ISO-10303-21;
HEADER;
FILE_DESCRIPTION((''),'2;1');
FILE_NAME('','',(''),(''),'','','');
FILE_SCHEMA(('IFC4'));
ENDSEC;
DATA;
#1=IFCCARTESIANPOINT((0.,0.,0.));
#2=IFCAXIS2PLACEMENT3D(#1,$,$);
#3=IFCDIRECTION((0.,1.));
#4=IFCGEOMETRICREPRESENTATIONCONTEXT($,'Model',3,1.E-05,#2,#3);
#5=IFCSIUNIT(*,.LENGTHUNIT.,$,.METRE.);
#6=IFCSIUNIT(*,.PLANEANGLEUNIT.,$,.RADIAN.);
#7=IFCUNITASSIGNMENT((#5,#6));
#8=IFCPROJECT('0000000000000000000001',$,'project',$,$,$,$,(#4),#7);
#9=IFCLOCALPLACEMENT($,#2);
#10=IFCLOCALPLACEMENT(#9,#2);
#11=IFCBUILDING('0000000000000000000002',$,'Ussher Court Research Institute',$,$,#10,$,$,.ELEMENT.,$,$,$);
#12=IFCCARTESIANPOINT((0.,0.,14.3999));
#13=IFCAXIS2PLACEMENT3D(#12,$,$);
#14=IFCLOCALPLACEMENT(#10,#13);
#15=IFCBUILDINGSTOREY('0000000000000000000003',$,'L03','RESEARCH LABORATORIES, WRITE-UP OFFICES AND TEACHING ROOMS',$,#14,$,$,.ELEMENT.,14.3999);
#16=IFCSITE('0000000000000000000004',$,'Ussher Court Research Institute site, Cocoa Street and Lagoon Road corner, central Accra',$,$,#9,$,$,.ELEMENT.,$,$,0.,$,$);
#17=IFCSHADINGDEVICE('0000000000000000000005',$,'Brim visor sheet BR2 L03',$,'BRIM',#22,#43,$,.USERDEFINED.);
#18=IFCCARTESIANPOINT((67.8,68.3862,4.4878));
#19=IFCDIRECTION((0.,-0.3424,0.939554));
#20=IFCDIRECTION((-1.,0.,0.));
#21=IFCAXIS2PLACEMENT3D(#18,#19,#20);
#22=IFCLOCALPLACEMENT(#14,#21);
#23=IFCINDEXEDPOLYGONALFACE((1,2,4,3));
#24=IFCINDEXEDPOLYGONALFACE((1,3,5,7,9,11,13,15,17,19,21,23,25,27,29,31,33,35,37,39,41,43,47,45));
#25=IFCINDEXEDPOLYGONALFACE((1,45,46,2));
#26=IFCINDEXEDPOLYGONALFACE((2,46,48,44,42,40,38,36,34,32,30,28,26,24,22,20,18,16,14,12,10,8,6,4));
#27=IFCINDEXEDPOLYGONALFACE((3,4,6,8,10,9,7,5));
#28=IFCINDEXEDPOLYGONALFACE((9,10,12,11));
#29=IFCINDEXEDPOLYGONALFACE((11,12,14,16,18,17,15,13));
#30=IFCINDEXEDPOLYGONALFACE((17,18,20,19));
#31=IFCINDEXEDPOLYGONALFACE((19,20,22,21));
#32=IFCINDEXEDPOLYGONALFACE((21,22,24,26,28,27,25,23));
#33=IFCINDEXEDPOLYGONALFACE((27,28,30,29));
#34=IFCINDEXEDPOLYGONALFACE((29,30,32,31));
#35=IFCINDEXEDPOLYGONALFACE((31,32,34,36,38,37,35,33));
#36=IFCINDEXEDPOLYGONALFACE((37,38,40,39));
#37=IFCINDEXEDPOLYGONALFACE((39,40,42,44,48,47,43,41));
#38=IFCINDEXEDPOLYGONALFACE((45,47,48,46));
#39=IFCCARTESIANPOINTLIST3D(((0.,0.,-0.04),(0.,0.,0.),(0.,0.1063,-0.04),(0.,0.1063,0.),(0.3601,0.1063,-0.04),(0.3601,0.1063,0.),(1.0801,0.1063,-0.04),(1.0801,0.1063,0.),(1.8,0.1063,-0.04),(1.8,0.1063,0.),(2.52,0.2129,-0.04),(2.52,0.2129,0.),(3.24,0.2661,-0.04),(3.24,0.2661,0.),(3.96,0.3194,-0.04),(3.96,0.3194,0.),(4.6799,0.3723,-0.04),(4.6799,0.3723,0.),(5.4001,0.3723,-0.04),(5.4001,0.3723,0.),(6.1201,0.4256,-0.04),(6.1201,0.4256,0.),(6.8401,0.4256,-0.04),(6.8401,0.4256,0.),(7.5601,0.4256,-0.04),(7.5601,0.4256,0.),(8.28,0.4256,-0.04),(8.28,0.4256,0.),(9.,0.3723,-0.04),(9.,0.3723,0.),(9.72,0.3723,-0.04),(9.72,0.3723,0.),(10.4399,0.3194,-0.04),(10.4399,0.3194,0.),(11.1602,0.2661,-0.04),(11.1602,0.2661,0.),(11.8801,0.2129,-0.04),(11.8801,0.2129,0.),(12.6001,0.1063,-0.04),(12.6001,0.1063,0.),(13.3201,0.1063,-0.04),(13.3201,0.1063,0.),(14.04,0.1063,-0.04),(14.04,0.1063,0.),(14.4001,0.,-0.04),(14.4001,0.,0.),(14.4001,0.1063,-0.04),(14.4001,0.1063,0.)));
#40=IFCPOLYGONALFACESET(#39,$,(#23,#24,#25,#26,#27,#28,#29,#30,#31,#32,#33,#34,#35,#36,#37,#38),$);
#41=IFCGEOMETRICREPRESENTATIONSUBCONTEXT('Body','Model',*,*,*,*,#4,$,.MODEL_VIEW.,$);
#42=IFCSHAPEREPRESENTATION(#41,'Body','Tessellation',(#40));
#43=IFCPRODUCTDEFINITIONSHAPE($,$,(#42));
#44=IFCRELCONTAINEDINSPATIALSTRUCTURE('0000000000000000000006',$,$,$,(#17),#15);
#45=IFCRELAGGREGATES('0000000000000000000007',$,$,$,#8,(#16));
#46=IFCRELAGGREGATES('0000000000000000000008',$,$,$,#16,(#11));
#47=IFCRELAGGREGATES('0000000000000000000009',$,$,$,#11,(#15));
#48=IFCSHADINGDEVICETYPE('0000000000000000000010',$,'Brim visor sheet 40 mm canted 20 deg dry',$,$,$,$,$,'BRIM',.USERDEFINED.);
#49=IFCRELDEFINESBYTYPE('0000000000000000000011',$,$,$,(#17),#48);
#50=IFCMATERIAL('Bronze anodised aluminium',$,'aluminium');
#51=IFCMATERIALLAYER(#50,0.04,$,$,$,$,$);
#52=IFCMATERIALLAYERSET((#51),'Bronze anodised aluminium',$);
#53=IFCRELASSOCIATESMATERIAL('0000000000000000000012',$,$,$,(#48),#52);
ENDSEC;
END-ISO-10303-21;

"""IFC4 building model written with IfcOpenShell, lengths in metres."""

from ifc_helpers import new_model, si_unit, direction, frame, origin, place, context, subcontext, project, spatial, polyline, outline, extrude, material, layer, layer_set, type_object, element, save


model = new_model("IFC4")

# Units and contexts
model_context = context("Model", 3, precision=1e-05, world=origin(), true_north=direction((0.0, 1.0)))
body_context = subcontext(model_context, "Body", "Model", "MODEL_VIEW")
ifc_project = project(units=[si_unit("LENGTHUNIT", "METRE"), si_unit("PLANEANGLEUNIT", "RADIAN")], contexts=[model_context])

# Site, building, storey
site_placement = place(None, origin())
site = spatial("IfcSite", under=ifc_project, at=site_placement, Name="Ussher Court Research Institute site, Cocoa Street and Lagoon Road corner, central Accra", CompositionType="ELEMENT", RefElevation=0.0)
building_placement = place(site_placement, origin())
building = spatial("IfcBuilding", under=site, at=building_placement, Name="Ussher Court Research Institute", CompositionType="ELEMENT")
storey_placement = place(building_placement, frame((0.0, 0.0, 14.3999)))
storey = spatial("IfcBuildingStorey", under=building, at=storey_placement, Name="L03", Description="RESEARCH LABORATORIES, WRITE-UP OFFICES AND TEACHING ROOMS", CompositionType="ELEMENT", Elevation=14.3999)

# Shading device
ifc_material_1 = material(Name="Bronze anodised aluminium", Category="aluminium")
ifc_layer_1 = layer(ifc_material_1, 0.04)
ifc_layer_set_1 = layer_set([ifc_layer_1], Name="Bronze anodised aluminium")
shading_device_type_1 = type_object("IfcShadingDeviceType", Name="Brim visor sheet 40 mm canted 20 deg dry", ElementType="BRIM", PredefinedType="USERDEFINED", material=ifc_layer_set_1)
shading_device_1_placement = place(storey_placement, frame((67.8, 68.3862, 4.4878), z_axis=(0.0, -0.3424, 0.939554), x_axis=(-1.0, 0.0, 0.0)))
element("IfcShadingDevice", 1, at=shading_device_1_placement, inside=storey, type_object=shading_device_type_1, Name="Brim visor sheet BR2 L03", ObjectType="BRIM", PredefinedType="USERDEFINED", context=body_context, shape_type="SweptSolid", body=[
    extrude(outline(polyline([(0.0, 0.0), (14.4001, 0.0), (14.4001, 0.1063), (14.04, 0.1063), (13.3201, 0.1063), (12.6001, 0.1063), (11.8801, 0.2129), (11.1602, 0.2661), (10.4399, 0.3194), (9.72, 0.3723), (9.0, 0.3723), (8.28, 0.4256), (7.5601, 0.4256), (6.8401, 0.4256), (6.1201, 0.4256), (5.4001, 0.3723), (4.6799, 0.3723), (3.96, 0.3194), (3.24, 0.2661), (2.52, 0.2129), (1.8, 0.1063), (1.0801, 0.1063), (0.3601, 0.1063), (0.0, 0.1063), (0.0, 0.0)])), origin(), (0.0, 0.0, -1.0), 0.04),
])

save(model, "model.ifc")
